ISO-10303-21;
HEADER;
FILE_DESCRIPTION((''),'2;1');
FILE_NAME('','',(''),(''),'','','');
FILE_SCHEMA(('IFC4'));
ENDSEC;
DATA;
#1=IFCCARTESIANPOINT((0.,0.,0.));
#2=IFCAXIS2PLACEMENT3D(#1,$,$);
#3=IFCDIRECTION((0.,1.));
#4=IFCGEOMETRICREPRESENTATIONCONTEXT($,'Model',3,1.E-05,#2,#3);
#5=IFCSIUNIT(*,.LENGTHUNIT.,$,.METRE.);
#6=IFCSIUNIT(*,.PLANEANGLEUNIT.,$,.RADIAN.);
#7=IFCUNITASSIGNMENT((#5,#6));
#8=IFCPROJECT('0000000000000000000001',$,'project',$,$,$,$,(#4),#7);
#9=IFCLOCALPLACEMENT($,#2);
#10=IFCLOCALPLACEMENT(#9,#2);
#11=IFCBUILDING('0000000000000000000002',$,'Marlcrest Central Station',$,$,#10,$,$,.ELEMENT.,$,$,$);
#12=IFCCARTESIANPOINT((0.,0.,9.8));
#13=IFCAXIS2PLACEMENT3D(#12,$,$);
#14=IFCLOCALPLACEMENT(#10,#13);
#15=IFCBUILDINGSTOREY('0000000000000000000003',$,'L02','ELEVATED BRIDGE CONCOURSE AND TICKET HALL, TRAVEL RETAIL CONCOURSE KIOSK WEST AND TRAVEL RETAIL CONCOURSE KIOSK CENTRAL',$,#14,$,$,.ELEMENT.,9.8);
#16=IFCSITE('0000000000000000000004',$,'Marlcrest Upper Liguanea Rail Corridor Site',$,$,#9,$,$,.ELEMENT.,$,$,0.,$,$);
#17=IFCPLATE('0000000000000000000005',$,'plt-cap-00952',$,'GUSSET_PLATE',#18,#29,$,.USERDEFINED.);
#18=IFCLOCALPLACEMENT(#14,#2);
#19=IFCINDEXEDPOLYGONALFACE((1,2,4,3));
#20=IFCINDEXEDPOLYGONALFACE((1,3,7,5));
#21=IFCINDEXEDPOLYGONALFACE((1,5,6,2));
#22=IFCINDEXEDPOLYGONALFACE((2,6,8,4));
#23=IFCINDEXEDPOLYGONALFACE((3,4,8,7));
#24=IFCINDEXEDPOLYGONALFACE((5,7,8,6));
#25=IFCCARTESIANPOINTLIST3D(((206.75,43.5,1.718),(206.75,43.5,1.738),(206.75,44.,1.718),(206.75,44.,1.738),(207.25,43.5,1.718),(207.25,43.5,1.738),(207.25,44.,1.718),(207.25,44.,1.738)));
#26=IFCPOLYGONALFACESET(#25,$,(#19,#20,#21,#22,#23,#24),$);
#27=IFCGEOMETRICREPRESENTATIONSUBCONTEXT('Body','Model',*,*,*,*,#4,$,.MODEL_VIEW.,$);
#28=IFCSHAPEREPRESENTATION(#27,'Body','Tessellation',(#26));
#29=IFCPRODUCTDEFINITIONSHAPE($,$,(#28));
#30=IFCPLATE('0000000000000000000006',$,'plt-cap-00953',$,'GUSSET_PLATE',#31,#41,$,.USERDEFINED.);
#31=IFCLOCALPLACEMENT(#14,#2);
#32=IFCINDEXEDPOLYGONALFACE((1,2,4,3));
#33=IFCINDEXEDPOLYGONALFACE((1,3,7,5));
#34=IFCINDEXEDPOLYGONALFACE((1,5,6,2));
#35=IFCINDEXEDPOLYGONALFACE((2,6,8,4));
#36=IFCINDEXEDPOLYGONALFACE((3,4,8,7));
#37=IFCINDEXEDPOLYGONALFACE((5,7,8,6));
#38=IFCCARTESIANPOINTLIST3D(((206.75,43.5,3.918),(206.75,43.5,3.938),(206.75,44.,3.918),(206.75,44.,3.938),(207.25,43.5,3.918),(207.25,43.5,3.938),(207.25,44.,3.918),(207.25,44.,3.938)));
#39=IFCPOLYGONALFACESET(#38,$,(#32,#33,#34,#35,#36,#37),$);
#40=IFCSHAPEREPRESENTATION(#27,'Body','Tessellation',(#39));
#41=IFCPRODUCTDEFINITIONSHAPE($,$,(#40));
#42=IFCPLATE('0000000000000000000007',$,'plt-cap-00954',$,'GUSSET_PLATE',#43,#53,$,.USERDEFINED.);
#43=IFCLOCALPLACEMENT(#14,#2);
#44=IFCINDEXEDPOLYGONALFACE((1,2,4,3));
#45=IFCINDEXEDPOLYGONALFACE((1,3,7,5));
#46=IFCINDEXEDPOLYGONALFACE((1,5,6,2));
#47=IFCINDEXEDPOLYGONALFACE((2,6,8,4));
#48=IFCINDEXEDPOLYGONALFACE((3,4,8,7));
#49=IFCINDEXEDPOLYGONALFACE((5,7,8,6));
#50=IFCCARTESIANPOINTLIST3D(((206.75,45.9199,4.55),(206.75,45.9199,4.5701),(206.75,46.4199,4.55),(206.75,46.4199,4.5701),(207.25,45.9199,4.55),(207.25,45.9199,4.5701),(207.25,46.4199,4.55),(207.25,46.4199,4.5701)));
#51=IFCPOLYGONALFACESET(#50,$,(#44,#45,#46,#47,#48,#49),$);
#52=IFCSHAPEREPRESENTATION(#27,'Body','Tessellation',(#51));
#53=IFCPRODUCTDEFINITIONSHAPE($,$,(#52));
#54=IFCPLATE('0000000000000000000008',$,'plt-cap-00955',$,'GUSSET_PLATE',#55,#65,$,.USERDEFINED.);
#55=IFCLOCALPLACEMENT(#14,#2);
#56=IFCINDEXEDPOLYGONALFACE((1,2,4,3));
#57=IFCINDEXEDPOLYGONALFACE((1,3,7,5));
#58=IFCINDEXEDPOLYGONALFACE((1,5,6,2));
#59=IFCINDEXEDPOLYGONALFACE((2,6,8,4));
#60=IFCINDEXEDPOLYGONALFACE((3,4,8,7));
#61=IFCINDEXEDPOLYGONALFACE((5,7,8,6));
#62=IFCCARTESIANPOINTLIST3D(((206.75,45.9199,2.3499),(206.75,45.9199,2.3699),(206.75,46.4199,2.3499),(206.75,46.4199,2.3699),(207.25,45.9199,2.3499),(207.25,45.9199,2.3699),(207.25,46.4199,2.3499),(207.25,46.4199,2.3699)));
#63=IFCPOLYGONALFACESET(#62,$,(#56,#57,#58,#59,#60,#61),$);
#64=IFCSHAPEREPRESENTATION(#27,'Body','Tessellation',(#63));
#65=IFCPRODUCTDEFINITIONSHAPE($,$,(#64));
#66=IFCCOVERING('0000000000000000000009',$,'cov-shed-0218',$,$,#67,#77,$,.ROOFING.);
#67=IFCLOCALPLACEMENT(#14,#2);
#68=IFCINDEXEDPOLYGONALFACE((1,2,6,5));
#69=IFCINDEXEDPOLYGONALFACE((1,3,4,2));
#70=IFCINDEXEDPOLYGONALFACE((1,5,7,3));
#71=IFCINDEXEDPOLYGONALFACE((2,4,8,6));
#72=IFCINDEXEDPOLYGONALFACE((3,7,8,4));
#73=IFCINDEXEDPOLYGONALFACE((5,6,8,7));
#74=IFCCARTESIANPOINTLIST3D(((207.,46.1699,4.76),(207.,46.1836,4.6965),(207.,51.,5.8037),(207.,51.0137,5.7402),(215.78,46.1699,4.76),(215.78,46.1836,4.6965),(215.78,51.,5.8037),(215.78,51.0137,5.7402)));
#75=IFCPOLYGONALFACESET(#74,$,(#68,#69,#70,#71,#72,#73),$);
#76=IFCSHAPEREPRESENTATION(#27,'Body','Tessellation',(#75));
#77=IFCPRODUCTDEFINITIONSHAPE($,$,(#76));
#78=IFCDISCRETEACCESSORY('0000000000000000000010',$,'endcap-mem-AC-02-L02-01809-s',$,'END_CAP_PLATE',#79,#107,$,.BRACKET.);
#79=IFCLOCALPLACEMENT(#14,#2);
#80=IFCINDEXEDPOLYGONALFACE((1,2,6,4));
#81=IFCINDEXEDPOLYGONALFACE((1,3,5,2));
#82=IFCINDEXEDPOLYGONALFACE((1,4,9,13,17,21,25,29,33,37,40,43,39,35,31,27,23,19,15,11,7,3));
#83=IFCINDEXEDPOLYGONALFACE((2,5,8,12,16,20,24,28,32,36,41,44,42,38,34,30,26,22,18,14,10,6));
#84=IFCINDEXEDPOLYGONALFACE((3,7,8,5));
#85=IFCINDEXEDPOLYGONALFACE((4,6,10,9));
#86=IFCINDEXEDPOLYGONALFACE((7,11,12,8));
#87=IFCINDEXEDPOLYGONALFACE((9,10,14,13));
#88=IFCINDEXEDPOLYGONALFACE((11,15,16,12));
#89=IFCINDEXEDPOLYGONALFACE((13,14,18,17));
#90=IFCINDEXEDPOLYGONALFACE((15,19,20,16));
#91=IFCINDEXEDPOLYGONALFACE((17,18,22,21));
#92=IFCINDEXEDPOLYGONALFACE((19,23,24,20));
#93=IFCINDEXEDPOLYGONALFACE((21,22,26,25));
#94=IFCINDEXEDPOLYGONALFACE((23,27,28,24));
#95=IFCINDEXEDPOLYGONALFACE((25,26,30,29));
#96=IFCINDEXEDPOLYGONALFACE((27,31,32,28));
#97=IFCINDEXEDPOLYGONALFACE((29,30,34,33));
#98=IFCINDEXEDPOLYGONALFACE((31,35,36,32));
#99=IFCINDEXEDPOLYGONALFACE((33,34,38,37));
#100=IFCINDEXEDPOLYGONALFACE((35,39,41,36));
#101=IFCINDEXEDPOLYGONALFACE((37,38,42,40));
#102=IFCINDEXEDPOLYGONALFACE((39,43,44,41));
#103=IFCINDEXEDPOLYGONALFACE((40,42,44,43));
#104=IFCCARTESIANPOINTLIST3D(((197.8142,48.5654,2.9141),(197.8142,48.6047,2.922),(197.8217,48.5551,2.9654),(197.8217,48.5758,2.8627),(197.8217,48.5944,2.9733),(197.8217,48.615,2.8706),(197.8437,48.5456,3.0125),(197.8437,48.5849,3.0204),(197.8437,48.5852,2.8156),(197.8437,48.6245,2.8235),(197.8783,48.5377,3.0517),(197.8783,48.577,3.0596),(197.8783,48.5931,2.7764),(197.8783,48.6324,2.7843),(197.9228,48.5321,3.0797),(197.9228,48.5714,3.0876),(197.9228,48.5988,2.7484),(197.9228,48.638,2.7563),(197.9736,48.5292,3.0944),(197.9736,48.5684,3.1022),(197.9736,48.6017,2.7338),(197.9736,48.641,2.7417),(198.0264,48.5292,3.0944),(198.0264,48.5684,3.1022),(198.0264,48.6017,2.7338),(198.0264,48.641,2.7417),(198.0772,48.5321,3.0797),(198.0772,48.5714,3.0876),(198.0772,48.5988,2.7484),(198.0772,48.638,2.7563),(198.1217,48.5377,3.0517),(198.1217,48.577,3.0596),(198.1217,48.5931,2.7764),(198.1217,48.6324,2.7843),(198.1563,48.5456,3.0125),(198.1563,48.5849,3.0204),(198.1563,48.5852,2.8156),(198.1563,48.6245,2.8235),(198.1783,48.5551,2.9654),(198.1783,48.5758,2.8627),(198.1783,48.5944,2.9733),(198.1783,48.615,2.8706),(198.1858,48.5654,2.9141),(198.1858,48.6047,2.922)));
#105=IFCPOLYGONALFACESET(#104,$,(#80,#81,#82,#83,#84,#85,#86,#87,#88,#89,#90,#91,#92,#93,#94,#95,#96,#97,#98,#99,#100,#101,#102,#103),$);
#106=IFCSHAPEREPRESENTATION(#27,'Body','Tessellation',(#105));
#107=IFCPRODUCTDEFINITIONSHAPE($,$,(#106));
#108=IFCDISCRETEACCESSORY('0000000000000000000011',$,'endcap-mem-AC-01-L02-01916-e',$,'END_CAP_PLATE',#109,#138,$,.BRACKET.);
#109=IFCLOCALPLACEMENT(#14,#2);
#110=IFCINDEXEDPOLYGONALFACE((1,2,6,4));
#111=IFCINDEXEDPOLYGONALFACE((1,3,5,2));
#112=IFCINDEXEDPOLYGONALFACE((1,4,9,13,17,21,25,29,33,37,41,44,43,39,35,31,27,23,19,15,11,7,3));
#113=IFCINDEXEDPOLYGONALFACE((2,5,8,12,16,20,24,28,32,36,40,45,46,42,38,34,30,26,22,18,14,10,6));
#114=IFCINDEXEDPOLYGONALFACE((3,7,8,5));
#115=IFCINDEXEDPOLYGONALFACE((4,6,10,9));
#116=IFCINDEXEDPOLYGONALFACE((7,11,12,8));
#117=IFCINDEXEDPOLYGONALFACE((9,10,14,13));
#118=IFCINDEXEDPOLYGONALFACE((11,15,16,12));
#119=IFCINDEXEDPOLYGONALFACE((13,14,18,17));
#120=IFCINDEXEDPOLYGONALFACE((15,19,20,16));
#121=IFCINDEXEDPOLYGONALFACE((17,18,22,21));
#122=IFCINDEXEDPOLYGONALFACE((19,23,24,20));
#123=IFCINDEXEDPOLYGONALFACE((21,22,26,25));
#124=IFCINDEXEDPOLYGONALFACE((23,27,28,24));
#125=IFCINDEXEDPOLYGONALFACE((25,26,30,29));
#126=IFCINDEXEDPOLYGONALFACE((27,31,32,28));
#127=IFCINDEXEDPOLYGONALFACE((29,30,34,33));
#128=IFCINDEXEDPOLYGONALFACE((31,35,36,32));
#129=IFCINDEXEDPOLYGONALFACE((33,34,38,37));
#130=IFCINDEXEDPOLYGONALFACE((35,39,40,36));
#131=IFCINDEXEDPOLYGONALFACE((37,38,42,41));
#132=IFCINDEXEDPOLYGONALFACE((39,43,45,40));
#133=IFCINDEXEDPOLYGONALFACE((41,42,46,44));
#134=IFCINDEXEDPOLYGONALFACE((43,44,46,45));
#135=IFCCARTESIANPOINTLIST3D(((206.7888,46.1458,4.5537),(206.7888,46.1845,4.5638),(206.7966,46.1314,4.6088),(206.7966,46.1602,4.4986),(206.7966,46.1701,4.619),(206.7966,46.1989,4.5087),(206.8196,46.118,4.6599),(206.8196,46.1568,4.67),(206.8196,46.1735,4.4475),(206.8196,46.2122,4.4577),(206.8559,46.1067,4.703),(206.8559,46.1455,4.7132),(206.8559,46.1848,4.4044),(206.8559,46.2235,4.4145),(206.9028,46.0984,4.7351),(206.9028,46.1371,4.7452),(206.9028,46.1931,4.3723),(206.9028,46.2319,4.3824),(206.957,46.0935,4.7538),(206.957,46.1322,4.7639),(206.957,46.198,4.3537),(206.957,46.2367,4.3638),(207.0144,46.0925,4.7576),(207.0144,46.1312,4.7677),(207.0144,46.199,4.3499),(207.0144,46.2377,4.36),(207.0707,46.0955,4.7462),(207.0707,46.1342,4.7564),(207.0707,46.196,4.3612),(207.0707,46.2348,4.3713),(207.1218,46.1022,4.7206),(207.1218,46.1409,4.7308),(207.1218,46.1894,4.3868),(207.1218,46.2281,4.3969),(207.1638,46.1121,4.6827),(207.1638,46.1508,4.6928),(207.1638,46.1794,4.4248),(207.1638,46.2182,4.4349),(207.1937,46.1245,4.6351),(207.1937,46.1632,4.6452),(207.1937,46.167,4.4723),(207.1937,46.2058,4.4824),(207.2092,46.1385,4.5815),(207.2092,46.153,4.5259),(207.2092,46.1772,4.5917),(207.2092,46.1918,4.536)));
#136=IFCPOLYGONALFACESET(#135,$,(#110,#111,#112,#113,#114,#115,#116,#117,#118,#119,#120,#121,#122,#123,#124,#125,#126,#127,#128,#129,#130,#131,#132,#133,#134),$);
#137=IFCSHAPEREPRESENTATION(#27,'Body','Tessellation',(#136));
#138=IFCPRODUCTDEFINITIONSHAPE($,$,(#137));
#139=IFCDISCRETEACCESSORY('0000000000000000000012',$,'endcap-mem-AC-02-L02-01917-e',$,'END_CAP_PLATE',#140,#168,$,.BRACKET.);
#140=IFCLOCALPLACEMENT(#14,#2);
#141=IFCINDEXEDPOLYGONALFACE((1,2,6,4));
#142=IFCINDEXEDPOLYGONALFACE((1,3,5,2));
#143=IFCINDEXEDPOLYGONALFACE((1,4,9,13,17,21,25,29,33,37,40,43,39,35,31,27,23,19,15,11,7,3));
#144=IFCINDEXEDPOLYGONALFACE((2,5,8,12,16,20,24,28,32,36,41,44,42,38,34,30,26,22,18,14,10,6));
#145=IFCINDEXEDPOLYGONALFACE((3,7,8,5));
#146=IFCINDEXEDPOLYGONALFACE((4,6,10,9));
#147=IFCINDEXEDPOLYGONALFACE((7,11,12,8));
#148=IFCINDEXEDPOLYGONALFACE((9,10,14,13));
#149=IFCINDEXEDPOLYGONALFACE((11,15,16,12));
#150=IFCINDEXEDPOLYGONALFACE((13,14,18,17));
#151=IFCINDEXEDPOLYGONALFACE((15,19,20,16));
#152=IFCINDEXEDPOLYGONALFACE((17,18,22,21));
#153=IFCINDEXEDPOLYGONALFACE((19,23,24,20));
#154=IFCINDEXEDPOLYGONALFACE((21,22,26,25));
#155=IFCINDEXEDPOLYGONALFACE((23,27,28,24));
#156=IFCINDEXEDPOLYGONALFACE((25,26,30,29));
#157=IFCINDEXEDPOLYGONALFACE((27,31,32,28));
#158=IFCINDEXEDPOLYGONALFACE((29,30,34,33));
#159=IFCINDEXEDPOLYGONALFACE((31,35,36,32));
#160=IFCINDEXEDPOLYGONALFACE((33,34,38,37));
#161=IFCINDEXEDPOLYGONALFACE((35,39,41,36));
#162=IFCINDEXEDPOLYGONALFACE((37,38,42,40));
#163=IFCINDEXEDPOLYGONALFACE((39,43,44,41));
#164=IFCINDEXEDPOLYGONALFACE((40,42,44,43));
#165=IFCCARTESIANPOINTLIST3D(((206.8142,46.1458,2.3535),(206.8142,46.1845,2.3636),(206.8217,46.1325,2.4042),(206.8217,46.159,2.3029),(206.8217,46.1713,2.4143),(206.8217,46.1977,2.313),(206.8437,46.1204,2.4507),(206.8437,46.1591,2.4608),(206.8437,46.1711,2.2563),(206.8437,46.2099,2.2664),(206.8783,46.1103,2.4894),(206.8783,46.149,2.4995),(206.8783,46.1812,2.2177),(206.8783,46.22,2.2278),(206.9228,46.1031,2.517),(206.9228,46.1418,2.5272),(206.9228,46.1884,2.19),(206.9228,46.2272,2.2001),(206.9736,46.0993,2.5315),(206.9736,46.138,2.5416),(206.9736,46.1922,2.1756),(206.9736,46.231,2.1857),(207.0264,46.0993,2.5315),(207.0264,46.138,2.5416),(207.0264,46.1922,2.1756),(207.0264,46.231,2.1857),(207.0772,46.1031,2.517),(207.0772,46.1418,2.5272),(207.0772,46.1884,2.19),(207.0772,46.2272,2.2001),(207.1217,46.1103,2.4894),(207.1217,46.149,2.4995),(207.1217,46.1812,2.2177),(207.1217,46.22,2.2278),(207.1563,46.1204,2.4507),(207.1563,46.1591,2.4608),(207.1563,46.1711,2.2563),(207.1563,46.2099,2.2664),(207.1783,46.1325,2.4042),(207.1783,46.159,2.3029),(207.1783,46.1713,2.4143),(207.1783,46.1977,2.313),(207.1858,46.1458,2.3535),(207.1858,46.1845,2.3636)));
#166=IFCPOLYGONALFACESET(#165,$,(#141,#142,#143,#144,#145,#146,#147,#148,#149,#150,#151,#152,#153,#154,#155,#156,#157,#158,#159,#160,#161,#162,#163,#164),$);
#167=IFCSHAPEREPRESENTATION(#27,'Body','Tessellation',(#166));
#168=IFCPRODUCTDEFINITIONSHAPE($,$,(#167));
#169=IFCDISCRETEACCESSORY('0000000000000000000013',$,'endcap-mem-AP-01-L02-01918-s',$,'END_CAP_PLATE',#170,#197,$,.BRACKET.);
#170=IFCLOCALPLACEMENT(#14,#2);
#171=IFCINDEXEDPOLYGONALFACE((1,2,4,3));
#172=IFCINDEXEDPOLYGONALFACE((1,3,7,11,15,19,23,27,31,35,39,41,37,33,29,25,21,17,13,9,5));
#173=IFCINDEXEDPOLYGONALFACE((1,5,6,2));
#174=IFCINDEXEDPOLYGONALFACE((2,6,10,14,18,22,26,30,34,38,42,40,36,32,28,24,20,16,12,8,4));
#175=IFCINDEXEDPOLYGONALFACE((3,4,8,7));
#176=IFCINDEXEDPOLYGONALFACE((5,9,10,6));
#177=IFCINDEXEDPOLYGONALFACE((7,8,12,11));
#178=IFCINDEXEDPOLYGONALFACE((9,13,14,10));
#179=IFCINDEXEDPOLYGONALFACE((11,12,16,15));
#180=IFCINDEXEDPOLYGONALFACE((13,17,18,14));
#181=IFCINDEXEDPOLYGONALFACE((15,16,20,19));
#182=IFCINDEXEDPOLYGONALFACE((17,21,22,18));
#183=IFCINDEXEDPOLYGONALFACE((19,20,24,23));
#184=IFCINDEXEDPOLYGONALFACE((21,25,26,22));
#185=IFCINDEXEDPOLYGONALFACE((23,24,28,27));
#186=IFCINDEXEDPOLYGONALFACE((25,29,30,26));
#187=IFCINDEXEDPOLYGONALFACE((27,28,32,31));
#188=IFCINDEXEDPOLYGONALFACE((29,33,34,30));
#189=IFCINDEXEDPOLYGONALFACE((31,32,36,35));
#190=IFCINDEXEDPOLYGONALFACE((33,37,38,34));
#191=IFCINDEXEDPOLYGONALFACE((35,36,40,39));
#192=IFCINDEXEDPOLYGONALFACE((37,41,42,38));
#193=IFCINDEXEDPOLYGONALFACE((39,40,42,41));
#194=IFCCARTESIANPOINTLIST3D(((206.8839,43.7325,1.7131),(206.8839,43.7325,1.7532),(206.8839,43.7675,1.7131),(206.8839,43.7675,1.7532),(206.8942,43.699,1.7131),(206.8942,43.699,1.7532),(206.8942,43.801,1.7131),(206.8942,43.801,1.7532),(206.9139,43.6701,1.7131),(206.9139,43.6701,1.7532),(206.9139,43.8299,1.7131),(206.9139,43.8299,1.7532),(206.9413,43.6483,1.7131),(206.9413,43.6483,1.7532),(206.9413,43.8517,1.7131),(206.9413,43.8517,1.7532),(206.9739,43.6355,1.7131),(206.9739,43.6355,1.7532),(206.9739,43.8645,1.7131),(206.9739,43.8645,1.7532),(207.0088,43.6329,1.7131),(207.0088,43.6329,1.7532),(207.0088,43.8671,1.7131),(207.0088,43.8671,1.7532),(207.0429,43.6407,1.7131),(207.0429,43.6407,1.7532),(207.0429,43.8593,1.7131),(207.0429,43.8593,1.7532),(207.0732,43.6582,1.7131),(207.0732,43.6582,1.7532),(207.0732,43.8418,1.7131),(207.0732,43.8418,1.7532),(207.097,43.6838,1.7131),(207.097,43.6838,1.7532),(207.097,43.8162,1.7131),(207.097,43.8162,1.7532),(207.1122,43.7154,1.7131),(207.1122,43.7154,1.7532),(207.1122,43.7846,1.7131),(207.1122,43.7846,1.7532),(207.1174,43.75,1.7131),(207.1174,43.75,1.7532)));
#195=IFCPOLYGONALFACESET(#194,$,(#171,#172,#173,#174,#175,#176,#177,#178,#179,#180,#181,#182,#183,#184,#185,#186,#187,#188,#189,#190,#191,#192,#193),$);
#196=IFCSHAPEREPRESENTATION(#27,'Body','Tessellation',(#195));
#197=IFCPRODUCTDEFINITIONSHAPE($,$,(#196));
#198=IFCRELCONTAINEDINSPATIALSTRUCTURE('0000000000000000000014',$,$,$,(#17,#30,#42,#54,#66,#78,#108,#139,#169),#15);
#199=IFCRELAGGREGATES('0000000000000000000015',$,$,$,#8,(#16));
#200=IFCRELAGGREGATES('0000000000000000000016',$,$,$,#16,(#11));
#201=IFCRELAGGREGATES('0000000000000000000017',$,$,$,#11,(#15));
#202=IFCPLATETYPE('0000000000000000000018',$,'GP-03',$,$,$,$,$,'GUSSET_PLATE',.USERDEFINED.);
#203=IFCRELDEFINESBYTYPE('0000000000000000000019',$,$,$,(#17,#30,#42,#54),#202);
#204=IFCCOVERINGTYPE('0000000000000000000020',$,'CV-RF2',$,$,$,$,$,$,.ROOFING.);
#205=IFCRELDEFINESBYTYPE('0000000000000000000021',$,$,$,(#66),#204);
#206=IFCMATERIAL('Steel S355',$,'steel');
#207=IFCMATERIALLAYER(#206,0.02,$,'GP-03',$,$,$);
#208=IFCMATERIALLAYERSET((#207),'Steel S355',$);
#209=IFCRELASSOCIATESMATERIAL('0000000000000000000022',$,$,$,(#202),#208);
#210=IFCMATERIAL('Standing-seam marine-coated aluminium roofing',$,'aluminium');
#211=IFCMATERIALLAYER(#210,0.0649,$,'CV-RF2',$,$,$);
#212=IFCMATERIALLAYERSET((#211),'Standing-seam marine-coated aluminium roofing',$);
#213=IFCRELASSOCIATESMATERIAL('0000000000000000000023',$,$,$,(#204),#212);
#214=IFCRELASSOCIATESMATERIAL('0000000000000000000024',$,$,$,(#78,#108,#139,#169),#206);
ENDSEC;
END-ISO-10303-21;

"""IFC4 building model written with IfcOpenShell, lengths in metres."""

from ifc_helpers import new_model, si_unit, direction, frame, origin, origin_2d, place, context, subcontext, project, spatial, polyline, rectangle, circle, outline, extrude, material, layer, layer_set, type_object, element, save


model = new_model("IFC4")

# Units and contexts
model_context = context("Model", 3, precision=1e-05, world=origin(), true_north=direction((0.0, 1.0)))
body_context = subcontext(model_context, "Body", "Model", "MODEL_VIEW")
ifc_project = project(units=[si_unit("LENGTHUNIT", "METRE"), si_unit("PLANEANGLEUNIT", "RADIAN")], contexts=[model_context])

# Site, building, storey
site_placement = place(None, origin())
site = spatial("IfcSite", under=ifc_project, at=site_placement, Name="Marlcrest Upper Liguanea Rail Corridor Site", CompositionType="ELEMENT", RefElevation=0.0)
building_placement = place(site_placement, origin())
building = spatial("IfcBuilding", under=site, at=building_placement, Name="Marlcrest Central Station", CompositionType="ELEMENT")
storey_placement = place(building_placement, frame((0.0, 0.0, 9.8)))
storey = spatial("IfcBuildingStorey", under=building, at=storey_placement, Name="L02", Description="ELEVATED BRIDGE CONCOURSE AND TICKET HALL, TRAVEL RETAIL CONCOURSE KIOSK WEST AND TRAVEL RETAIL CONCOURSE KIOSK CENTRAL", CompositionType="ELEMENT", Elevation=9.8)

# Shared definitions
ifc_material_1 = material(Name="Steel S355", Category="steel")

# Plates
ifc_layer_1 = layer(ifc_material_1, 0.02, Name="GP-03")
ifc_layer_set_1 = layer_set([ifc_layer_1], Name="Steel S355")
plate_type = type_object("IfcPlateType", Name="GP-03", ElementType="GUSSET_PLATE", PredefinedType="USERDEFINED", material=ifc_layer_set_1)
for number, where, z_axis, x_axis, name in (
    (1, (207.0, 43.75, 1.718), (0.0, 0.0, 1.0), (1.0, 0.0, 0.0), "plt-cap-00952"),
    (2, (207.0, 43.75, 3.918), (0.0, 0.0, 1.0), (1.0, 0.0, 0.0), "plt-cap-00953"),
    (3, (207.0, 46.1699, 4.55), (0.0, 0.0, 1.0), (1.0, 0.0, 0.0), "plt-cap-00954"),
    (4, (207.0, 46.1699, 2.3499), (0.0, 0.0, 1.0), (1.0, 0.0, 0.0), "plt-cap-00955"),
):
    element("IfcPlate", number, at=place(storey_placement, frame(where, z_axis=z_axis, x_axis=x_axis)), inside=storey, type_object=plate_type, Name=name, ObjectType="GUSSET_PLATE", PredefinedType="USERDEFINED", context=body_context, shape_type="SweptSolid", body=[
        extrude(rectangle(XDim=0.5, YDim=0.5, at=origin_2d()), origin(), (0.0, 0.0, 1.0), 0.02),
    ])

# Covering
ifc_material_2 = material(Name="Standing-seam marine-coated aluminium roofing", Category="aluminium")
ifc_layer_2 = layer(ifc_material_2, 0.0649, Name="CV-RF2")
ifc_layer_set_2 = layer_set([ifc_layer_2], Name="Standing-seam marine-coated aluminium roofing")
covering_type = type_object("IfcCoveringType", Name="CV-RF2", PredefinedType="ROOFING", material=ifc_layer_set_2)
covering_placement = place(storey_placement, frame((207.0, 46.1699, 4.76), z_axis=(0.0, -0.211209, 0.977441), x_axis=(1.0, 0.0, 0.0)))
element("IfcCovering", 5, at=covering_placement, inside=storey, type_object=covering_type, Name="cov-shed-0218", PredefinedType="ROOFING", context=body_context, shape_type="SweptSolid", body=[
    extrude(outline(polyline([(0.0, 0.0), (8.78, 0.0), (8.78, 4.9416), (0.0, 4.9416), (0.0, 0.0)])), origin(), (0.0, 0.0, -1.0), 0.0649),
])

# Discrete accessories
discrete_accessory_1_placement = place(storey_placement, frame((198.0, 48.5654, 2.9141), z_axis=(0.0, 0.980359, 0.197219), x_axis=(-1.0, 0.0, 0.0)))
element("IfcDiscreteAccessory", 6, at=discrete_accessory_1_placement, inside=storey, material=ifc_material_1, Name="endcap-mem-AC-02-L02-01809-s", ObjectType="END_CAP_PLATE", PredefinedType="BRACKET", context=body_context, shape_type="SweptSolid", body=[
    extrude(circle(Radius=0.1858, at=origin_2d()), origin(), (0.0, 0.0, 1.0), 0.04),
])
discrete_accessory_2_placement = place(storey_placement, frame((207.0, 46.1458, 4.5537), z_axis=(0.0, 0.967539, 0.25272), x_axis=(-1.0, 0.0, 0.0)))
element("IfcDiscreteAccessory", 7, at=discrete_accessory_2_placement, inside=storey, material=ifc_material_1, Name="endcap-mem-AC-01-L02-01916-e", ObjectType="END_CAP_PLATE", PredefinedType="BRACKET", context=body_context, shape_type="SweptSolid", body=[
    extrude(circle(Radius=0.2112, at=origin_2d()), origin(), (0.0, 0.0, 1.0), 0.04),
])
discrete_accessory_3_placement = place(storey_placement, frame((207.0, 46.1458, 2.3535), z_axis=(0.0, 0.967563, 0.252629), x_axis=(-1.0, 0.0, 0.0)))
element("IfcDiscreteAccessory", 8, at=discrete_accessory_3_placement, inside=storey, material=ifc_material_1, Name="endcap-mem-AC-02-L02-01917-e", ObjectType="END_CAP_PLATE", PredefinedType="BRACKET", context=body_context, shape_type="SweptSolid", body=[
    extrude(circle(Radius=0.1858, at=origin_2d()), origin(), (0.0, 0.0, 1.0), 0.04),
])
for number, where, z_axis, x_axis, name in (
    (9, (207.0, 43.75, 1.7131), (0.0, 0.0, 1.0), (1.0, 0.0, 0.0), "endcap-mem-AP-01-L02-01918-s"),
):
    element("IfcDiscreteAccessory", number, at=place(storey_placement, frame(where, z_axis=z_axis, x_axis=x_axis)), inside=storey, material=ifc_material_1, Name=name, ObjectType="END_CAP_PLATE", PredefinedType="BRACKET", context=body_context, shape_type="SweptSolid", body=[
        extrude(circle(Radius=0.1174, at=origin_2d()), origin(), (0.0, 0.0, 1.0), 0.04),
    ])

save(model, "model.ifc")
